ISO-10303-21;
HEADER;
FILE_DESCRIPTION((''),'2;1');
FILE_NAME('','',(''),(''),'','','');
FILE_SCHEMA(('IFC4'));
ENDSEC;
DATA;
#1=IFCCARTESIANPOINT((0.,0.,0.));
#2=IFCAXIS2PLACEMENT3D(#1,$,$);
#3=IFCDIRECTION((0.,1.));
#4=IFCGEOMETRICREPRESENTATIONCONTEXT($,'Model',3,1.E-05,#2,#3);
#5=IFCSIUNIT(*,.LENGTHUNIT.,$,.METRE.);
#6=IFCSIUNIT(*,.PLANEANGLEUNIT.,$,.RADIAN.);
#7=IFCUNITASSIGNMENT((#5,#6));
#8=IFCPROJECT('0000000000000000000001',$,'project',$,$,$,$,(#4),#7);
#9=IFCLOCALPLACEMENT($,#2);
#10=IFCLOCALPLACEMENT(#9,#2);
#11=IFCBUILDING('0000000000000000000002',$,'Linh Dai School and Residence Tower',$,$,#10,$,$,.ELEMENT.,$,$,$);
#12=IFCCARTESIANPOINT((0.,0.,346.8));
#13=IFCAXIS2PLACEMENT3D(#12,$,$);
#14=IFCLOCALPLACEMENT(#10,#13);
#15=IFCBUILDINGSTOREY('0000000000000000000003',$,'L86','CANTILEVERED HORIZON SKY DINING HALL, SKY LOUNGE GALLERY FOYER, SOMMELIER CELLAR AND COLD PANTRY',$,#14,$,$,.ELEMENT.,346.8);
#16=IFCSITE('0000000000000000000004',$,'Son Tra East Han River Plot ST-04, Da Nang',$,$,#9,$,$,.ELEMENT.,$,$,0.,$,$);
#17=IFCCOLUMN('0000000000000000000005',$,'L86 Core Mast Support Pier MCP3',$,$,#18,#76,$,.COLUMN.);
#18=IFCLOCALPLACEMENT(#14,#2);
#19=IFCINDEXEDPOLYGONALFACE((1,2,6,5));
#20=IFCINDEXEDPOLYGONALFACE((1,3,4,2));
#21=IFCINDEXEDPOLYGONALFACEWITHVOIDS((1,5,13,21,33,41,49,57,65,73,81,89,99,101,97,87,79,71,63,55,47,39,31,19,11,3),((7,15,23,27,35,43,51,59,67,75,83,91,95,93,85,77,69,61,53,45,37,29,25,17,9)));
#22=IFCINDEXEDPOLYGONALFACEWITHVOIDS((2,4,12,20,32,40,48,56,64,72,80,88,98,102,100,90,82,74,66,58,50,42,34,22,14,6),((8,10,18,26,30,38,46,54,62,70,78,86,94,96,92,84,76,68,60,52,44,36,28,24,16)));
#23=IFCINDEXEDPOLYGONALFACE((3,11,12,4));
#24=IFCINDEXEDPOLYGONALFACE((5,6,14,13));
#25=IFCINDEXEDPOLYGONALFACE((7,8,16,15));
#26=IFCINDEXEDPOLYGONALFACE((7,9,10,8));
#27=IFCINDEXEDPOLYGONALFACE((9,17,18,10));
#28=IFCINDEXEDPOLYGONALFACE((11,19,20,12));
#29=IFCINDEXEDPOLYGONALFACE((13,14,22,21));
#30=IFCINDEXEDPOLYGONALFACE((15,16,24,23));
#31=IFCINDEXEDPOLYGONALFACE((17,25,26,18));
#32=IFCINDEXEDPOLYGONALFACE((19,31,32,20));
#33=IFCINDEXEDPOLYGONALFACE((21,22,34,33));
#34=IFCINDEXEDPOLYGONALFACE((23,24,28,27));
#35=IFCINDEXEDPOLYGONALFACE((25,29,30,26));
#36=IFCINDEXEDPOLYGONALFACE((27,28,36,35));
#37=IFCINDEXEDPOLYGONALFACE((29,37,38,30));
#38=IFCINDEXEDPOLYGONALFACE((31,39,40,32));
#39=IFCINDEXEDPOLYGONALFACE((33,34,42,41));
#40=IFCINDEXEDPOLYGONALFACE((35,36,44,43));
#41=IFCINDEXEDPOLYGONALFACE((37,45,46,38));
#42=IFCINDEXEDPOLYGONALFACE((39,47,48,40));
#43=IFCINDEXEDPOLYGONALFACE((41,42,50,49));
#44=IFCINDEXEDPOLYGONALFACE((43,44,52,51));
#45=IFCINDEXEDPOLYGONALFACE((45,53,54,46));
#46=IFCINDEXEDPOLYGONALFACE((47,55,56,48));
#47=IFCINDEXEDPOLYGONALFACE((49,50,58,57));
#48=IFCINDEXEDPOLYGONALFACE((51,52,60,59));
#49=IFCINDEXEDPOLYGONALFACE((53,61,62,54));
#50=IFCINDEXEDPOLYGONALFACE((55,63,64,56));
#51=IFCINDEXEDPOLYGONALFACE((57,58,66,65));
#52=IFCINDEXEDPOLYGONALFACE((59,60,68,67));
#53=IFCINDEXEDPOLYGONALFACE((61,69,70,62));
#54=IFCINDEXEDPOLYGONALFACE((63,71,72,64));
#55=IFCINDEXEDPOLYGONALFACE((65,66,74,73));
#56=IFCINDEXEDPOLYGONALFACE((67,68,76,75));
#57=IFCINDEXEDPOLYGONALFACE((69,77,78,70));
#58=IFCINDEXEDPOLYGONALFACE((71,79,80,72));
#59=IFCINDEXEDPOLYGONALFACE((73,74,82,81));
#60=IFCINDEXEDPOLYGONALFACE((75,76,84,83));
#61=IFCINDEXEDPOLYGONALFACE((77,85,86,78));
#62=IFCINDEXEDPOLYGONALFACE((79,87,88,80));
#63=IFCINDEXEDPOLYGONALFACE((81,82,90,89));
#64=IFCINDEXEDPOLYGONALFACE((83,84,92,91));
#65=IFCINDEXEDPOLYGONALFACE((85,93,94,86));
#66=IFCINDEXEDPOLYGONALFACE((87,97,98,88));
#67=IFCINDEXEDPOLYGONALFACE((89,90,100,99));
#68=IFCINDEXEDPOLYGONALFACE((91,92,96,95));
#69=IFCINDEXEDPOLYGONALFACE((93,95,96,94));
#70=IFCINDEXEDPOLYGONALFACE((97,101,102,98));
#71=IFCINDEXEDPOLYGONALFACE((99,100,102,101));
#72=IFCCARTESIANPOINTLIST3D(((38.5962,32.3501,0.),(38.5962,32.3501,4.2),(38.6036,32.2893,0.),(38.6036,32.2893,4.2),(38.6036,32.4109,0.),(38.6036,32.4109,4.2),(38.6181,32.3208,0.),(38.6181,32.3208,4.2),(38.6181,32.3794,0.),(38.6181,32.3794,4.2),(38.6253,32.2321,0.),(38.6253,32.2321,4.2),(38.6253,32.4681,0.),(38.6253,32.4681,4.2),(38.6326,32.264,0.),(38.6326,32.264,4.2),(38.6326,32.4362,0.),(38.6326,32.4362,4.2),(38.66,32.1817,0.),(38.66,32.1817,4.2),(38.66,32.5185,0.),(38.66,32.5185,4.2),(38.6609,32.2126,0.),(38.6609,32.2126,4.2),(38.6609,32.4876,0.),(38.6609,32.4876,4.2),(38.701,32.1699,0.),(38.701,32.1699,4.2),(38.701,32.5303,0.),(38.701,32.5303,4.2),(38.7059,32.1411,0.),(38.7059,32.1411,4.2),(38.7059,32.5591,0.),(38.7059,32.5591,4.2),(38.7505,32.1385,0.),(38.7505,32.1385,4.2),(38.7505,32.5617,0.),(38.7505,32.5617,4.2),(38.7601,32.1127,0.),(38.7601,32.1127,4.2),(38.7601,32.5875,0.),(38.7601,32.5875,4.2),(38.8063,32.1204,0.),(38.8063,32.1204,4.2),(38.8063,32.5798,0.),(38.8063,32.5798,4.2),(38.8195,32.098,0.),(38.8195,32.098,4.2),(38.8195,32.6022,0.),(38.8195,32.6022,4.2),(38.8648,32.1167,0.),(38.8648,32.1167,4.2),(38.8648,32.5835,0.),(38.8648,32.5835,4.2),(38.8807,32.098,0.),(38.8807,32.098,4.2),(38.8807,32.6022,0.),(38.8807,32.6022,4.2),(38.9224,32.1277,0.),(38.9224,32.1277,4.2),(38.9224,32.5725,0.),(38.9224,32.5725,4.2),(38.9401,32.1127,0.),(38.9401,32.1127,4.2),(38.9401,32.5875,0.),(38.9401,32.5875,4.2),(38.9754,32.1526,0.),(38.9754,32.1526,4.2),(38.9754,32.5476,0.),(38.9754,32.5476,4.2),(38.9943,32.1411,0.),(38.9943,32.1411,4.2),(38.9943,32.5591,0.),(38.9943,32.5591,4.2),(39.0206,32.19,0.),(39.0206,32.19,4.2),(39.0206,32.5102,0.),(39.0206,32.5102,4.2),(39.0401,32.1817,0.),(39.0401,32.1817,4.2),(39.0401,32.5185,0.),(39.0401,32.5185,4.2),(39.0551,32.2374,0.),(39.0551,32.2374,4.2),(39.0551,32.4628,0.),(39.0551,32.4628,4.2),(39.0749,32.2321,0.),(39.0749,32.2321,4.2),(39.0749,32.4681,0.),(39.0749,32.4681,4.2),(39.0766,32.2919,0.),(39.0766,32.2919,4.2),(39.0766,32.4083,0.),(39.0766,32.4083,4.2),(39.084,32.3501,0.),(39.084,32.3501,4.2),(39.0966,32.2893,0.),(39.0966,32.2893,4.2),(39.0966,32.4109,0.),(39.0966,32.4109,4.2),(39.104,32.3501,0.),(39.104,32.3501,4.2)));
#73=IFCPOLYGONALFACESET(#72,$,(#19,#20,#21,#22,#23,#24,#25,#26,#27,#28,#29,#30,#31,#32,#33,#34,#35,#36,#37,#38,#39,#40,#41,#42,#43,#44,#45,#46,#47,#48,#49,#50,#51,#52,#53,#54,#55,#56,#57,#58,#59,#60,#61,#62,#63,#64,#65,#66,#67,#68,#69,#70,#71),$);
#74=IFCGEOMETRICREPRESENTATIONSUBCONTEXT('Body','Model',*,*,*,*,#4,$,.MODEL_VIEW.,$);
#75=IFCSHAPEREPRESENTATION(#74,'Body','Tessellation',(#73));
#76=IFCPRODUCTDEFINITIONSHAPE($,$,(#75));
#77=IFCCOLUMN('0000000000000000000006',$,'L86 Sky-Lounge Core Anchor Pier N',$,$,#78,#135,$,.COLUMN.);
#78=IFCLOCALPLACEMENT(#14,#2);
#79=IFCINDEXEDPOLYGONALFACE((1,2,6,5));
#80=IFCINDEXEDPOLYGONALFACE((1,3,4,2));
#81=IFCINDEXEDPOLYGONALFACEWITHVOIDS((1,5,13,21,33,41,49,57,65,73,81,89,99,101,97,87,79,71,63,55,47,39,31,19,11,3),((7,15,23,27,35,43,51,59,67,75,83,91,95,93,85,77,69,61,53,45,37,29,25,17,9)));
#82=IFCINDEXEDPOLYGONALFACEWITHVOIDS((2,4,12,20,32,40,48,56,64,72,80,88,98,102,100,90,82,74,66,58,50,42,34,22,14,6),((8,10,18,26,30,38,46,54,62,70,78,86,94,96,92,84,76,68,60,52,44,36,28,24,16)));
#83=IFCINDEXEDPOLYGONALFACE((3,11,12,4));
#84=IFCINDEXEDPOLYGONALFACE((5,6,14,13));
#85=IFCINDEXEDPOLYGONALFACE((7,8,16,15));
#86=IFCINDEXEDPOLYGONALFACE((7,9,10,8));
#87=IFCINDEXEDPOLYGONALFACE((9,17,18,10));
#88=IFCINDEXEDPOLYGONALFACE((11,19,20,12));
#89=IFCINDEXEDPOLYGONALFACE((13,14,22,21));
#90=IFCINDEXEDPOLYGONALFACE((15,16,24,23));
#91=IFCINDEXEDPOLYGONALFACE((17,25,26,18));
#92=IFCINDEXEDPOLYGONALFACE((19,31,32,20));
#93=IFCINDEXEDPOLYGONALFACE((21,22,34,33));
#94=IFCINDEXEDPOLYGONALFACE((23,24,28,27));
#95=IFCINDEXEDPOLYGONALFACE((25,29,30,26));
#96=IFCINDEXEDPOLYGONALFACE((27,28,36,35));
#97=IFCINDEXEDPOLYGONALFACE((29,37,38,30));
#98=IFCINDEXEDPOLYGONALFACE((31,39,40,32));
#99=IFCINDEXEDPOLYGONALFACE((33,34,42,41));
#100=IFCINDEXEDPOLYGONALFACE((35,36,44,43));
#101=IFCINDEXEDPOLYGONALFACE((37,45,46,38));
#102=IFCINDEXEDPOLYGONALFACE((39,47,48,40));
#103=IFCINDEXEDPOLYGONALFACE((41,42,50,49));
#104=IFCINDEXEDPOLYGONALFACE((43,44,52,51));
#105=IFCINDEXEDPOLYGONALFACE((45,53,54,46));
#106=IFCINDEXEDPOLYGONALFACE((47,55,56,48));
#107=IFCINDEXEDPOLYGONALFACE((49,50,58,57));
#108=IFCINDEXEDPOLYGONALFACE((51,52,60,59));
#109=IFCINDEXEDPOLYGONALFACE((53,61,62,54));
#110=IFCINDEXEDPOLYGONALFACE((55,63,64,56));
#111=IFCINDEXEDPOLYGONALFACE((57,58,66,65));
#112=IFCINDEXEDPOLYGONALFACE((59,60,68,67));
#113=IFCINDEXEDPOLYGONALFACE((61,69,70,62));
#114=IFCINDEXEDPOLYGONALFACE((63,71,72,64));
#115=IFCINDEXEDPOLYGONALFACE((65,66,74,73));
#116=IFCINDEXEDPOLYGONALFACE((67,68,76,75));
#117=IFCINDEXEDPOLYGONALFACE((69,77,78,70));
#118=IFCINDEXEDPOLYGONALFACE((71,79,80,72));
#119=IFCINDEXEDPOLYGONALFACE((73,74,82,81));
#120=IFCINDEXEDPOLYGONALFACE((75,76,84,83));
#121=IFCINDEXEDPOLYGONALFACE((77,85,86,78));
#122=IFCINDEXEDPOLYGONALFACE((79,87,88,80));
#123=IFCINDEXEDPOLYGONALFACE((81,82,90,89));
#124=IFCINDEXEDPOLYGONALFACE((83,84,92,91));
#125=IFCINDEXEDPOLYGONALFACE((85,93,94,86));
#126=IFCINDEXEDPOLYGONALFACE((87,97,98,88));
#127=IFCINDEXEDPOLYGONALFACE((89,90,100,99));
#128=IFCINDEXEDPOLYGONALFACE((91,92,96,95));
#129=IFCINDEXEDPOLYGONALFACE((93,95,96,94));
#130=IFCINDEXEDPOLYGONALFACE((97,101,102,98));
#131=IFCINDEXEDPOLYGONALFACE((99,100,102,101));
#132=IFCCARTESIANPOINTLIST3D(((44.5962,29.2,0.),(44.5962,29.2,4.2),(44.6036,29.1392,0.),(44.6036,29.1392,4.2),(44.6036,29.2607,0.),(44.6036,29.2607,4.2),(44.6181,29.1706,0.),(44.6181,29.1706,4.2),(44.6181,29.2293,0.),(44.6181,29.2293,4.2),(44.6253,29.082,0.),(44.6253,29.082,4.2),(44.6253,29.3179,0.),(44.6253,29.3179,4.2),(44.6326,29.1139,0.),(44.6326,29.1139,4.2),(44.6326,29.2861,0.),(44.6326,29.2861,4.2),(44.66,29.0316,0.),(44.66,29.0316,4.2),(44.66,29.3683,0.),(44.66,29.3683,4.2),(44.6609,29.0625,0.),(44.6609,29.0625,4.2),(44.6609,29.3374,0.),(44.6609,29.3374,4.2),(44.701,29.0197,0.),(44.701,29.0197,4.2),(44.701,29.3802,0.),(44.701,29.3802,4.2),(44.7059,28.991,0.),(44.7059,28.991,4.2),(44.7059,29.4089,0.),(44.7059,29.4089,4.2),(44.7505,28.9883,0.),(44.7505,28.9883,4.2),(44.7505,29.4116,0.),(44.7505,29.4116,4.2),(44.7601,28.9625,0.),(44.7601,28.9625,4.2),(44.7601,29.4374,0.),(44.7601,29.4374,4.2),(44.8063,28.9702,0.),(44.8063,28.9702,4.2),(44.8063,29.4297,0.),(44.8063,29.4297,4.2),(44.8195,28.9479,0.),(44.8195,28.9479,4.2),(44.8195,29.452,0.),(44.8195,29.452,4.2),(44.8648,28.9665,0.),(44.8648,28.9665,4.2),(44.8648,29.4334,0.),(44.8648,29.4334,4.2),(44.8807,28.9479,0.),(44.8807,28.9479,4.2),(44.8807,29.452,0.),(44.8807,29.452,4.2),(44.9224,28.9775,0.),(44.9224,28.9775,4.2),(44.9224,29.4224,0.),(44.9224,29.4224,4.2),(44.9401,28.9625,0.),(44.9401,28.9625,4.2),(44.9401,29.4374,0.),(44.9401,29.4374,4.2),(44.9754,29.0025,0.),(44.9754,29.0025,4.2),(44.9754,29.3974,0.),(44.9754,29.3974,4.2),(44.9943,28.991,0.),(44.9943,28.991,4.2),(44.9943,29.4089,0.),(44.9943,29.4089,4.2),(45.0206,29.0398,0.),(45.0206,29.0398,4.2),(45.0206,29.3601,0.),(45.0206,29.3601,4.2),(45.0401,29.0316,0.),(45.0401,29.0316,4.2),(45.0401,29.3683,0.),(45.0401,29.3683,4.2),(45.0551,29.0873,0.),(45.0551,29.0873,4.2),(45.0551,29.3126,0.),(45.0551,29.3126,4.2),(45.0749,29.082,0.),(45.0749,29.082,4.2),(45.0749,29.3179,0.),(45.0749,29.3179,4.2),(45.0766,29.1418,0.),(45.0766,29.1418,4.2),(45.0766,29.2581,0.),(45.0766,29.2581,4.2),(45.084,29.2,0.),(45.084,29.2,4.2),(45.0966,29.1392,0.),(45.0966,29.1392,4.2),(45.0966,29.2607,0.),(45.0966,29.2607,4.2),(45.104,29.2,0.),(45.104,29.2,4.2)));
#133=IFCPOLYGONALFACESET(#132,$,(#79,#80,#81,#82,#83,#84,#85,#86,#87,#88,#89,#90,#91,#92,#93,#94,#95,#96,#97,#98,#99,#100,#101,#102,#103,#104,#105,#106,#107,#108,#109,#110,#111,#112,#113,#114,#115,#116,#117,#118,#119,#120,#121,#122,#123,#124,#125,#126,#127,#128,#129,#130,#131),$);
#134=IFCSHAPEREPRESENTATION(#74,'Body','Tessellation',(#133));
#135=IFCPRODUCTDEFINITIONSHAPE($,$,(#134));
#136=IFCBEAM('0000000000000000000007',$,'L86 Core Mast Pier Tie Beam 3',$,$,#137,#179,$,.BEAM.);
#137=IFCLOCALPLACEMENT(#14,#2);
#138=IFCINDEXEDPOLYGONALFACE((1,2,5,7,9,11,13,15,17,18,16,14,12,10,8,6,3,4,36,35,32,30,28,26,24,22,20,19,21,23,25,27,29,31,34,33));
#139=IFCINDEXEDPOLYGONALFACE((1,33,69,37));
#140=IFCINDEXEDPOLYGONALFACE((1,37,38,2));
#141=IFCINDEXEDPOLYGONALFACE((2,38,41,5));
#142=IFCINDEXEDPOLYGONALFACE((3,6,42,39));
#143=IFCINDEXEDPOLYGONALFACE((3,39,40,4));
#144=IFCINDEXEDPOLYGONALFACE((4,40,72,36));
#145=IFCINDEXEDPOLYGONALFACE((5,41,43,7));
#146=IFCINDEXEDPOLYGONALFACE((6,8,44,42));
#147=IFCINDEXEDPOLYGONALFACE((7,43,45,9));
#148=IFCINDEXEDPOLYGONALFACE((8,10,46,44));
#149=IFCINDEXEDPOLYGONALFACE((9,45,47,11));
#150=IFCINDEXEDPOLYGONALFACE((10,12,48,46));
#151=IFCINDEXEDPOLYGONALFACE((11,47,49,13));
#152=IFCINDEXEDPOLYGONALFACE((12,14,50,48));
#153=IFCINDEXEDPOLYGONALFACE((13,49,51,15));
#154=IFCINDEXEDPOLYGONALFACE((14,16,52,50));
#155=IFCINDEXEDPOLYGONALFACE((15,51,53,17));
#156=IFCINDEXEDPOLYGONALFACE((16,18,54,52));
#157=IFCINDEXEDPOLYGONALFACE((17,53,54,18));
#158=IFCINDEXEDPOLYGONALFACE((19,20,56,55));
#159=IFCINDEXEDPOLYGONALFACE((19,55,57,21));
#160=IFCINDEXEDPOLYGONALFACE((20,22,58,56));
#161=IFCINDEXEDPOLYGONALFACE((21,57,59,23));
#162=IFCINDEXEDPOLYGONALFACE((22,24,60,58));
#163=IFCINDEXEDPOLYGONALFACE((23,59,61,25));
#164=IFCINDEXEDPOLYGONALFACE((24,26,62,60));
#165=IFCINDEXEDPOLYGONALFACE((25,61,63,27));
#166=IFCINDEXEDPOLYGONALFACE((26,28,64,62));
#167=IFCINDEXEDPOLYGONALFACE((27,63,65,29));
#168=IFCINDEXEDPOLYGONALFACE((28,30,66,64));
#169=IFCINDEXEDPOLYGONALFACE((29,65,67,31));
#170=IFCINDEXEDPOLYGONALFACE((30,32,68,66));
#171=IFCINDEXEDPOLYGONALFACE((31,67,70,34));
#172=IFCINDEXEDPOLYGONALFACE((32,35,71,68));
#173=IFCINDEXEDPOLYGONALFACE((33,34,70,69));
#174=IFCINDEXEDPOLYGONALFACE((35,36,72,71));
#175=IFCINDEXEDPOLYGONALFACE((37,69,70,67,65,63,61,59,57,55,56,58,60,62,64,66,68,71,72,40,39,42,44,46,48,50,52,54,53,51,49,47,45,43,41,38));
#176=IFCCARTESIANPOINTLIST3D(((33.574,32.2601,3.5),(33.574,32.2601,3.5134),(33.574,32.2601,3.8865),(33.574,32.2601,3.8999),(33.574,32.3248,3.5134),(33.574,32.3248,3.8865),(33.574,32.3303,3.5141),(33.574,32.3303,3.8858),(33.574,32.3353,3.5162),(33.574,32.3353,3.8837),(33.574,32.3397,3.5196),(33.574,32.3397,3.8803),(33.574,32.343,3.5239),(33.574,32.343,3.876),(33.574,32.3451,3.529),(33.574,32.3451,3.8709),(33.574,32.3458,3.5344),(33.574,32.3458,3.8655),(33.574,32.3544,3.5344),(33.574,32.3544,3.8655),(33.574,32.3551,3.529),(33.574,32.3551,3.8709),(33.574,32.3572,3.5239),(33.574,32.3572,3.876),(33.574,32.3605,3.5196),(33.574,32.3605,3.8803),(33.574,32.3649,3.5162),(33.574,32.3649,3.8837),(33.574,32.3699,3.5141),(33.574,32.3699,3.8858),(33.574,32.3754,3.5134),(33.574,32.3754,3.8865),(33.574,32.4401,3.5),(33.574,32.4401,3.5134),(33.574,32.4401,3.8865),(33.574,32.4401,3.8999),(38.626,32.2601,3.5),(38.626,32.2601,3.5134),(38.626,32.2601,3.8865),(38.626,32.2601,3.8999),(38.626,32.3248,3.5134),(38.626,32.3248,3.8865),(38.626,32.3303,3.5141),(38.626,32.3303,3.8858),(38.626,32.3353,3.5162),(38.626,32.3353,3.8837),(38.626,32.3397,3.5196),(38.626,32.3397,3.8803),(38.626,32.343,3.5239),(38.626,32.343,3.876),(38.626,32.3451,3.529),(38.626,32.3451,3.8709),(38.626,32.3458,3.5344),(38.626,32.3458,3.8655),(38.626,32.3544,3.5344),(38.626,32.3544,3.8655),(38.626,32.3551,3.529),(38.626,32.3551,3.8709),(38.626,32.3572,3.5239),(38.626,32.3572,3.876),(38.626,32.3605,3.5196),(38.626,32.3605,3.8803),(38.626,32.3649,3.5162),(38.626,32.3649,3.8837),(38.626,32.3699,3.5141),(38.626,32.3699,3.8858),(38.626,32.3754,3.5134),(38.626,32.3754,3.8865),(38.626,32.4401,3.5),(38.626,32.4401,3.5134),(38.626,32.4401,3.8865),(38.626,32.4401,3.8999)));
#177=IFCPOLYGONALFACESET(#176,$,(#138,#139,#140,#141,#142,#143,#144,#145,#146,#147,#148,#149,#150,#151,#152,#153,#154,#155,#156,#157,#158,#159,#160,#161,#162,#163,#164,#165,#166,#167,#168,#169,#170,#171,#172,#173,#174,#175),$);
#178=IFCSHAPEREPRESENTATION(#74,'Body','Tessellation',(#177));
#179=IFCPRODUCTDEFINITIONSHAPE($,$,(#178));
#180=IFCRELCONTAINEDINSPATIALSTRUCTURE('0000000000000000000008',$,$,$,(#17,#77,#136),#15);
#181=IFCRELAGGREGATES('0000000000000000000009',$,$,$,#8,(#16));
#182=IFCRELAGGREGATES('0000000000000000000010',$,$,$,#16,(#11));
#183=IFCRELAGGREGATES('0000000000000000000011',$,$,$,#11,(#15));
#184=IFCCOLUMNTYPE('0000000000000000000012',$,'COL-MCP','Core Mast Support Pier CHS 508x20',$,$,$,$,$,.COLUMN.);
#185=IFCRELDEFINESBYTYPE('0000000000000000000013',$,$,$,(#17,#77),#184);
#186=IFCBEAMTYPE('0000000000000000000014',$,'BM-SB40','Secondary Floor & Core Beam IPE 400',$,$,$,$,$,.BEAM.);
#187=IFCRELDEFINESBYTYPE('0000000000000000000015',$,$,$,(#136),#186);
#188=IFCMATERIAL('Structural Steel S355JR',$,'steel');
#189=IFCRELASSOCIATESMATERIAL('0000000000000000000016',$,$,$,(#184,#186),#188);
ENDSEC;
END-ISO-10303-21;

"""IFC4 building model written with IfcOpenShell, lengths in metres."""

from ifc_helpers import new_model, si_unit, direction, frame, origin, origin_2d, place, context, subcontext, project, spatial, hollow_circle, i_section, extrude, material, material_profile, profile_set, type_object, element, save


model = new_model("IFC4")

# Units and contexts
model_context = context("Model", 3, precision=1e-05, world=origin(), true_north=direction((0.0, 1.0)))
body_context = subcontext(model_context, "Body", "Model", "MODEL_VIEW")
ifc_project = project(units=[si_unit("LENGTHUNIT", "METRE"), si_unit("PLANEANGLEUNIT", "RADIAN")], contexts=[model_context])

# Site, building, storey
site_placement = place(None, origin())
site = spatial("IfcSite", under=ifc_project, at=site_placement, Name="Son Tra East Han River Plot ST-04, Da Nang", CompositionType="ELEMENT", RefElevation=0.0)
building_placement = place(site_placement, origin())
building = spatial("IfcBuilding", under=site, at=building_placement, Name="Linh Dai School and Residence Tower", CompositionType="ELEMENT")
storey_placement = place(building_placement, frame((0.0, 0.0, 346.8)))
storey = spatial("IfcBuildingStorey", under=building, at=storey_placement, Name="L86", Description="CANTILEVERED HORIZON SKY DINING HALL, SKY LOUNGE GALLERY FOYER, SOMMELIER CELLAR AND COLD PANTRY", CompositionType="ELEMENT", Elevation=346.8)

# Columns
ifc_material_1 = material(Name="Structural Steel S355JR", Category="steel")
ifc_material_profile_1 = material_profile(ifc_material_1, hollow_circle(Radius=0.2539, WallThickness=0.02, at=origin_2d()), Name="CHS 508x20")
ifc_profile_set_1 = profile_set([ifc_material_profile_1], Name="Structural Steel S355JR")
column_type = type_object("IfcColumnType", Name="COL-MCP", Description="Core Mast Support Pier CHS 508x20", PredefinedType="COLUMN", material=ifc_profile_set_1)
for number, where, z_axis, x_axis, name in (
    (1, (38.8501, 32.3501, 0.0), (0.0, 0.0, 1.0), (1.0, 0.0, 0.0), "L86 Core Mast Support Pier MCP3"),
    (2, (44.8501, 29.2, 0.0), (0.0, 0.0, 1.0), (1.0, 0.0, 0.0), "L86 Sky-Lounge Core Anchor Pier N"),
):
    element("IfcColumn", number, at=place(storey_placement, frame(where, z_axis=z_axis, x_axis=x_axis)), inside=storey, type_object=column_type, Name=name, PredefinedType="COLUMN", context=body_context, shape_type="SweptSolid", body=[
        extrude(hollow_circle(Radius=0.2539, WallThickness=0.02, at=origin_2d()), origin(), (0.0, 0.0, 1.0), 4.2),
    ])

# Beam
ifc_material_profile_2 = material_profile(ifc_material_1, i_section(OverallWidth=0.1799, OverallDepth=0.3999, WebThickness=0.0085, FlangeThickness=0.0134, FilletRadius=0.021, at=origin_2d()), Name="IPE 400")
ifc_profile_set_2 = profile_set([ifc_material_profile_2], Name="Structural Steel S355JR")
beam_type_1 = type_object("IfcBeamType", Name="BM-SB40", Description="Secondary Floor & Core Beam IPE 400", PredefinedType="BEAM", material=ifc_profile_set_2)
beam_1_placement = place(storey_placement, frame((38.626, 32.3501, 3.7), z_axis=(-1.0, 0.0, 0.0), x_axis=(0.0, -1.0, 0.0)))
element("IfcBeam", 3, at=beam_1_placement, inside=storey, type_object=beam_type_1, Name="L86 Core Mast Pier Tie Beam 3", PredefinedType="BEAM", context=body_context, shape_type="SweptSolid", body=[
    extrude(i_section(OverallWidth=0.1799, OverallDepth=0.3999, WebThickness=0.0085, FlangeThickness=0.0134, FilletRadius=0.021, at=origin_2d()), origin(), (0.0, 0.0, 1.0), 5.052),
])

save(model, "model.ifc")
